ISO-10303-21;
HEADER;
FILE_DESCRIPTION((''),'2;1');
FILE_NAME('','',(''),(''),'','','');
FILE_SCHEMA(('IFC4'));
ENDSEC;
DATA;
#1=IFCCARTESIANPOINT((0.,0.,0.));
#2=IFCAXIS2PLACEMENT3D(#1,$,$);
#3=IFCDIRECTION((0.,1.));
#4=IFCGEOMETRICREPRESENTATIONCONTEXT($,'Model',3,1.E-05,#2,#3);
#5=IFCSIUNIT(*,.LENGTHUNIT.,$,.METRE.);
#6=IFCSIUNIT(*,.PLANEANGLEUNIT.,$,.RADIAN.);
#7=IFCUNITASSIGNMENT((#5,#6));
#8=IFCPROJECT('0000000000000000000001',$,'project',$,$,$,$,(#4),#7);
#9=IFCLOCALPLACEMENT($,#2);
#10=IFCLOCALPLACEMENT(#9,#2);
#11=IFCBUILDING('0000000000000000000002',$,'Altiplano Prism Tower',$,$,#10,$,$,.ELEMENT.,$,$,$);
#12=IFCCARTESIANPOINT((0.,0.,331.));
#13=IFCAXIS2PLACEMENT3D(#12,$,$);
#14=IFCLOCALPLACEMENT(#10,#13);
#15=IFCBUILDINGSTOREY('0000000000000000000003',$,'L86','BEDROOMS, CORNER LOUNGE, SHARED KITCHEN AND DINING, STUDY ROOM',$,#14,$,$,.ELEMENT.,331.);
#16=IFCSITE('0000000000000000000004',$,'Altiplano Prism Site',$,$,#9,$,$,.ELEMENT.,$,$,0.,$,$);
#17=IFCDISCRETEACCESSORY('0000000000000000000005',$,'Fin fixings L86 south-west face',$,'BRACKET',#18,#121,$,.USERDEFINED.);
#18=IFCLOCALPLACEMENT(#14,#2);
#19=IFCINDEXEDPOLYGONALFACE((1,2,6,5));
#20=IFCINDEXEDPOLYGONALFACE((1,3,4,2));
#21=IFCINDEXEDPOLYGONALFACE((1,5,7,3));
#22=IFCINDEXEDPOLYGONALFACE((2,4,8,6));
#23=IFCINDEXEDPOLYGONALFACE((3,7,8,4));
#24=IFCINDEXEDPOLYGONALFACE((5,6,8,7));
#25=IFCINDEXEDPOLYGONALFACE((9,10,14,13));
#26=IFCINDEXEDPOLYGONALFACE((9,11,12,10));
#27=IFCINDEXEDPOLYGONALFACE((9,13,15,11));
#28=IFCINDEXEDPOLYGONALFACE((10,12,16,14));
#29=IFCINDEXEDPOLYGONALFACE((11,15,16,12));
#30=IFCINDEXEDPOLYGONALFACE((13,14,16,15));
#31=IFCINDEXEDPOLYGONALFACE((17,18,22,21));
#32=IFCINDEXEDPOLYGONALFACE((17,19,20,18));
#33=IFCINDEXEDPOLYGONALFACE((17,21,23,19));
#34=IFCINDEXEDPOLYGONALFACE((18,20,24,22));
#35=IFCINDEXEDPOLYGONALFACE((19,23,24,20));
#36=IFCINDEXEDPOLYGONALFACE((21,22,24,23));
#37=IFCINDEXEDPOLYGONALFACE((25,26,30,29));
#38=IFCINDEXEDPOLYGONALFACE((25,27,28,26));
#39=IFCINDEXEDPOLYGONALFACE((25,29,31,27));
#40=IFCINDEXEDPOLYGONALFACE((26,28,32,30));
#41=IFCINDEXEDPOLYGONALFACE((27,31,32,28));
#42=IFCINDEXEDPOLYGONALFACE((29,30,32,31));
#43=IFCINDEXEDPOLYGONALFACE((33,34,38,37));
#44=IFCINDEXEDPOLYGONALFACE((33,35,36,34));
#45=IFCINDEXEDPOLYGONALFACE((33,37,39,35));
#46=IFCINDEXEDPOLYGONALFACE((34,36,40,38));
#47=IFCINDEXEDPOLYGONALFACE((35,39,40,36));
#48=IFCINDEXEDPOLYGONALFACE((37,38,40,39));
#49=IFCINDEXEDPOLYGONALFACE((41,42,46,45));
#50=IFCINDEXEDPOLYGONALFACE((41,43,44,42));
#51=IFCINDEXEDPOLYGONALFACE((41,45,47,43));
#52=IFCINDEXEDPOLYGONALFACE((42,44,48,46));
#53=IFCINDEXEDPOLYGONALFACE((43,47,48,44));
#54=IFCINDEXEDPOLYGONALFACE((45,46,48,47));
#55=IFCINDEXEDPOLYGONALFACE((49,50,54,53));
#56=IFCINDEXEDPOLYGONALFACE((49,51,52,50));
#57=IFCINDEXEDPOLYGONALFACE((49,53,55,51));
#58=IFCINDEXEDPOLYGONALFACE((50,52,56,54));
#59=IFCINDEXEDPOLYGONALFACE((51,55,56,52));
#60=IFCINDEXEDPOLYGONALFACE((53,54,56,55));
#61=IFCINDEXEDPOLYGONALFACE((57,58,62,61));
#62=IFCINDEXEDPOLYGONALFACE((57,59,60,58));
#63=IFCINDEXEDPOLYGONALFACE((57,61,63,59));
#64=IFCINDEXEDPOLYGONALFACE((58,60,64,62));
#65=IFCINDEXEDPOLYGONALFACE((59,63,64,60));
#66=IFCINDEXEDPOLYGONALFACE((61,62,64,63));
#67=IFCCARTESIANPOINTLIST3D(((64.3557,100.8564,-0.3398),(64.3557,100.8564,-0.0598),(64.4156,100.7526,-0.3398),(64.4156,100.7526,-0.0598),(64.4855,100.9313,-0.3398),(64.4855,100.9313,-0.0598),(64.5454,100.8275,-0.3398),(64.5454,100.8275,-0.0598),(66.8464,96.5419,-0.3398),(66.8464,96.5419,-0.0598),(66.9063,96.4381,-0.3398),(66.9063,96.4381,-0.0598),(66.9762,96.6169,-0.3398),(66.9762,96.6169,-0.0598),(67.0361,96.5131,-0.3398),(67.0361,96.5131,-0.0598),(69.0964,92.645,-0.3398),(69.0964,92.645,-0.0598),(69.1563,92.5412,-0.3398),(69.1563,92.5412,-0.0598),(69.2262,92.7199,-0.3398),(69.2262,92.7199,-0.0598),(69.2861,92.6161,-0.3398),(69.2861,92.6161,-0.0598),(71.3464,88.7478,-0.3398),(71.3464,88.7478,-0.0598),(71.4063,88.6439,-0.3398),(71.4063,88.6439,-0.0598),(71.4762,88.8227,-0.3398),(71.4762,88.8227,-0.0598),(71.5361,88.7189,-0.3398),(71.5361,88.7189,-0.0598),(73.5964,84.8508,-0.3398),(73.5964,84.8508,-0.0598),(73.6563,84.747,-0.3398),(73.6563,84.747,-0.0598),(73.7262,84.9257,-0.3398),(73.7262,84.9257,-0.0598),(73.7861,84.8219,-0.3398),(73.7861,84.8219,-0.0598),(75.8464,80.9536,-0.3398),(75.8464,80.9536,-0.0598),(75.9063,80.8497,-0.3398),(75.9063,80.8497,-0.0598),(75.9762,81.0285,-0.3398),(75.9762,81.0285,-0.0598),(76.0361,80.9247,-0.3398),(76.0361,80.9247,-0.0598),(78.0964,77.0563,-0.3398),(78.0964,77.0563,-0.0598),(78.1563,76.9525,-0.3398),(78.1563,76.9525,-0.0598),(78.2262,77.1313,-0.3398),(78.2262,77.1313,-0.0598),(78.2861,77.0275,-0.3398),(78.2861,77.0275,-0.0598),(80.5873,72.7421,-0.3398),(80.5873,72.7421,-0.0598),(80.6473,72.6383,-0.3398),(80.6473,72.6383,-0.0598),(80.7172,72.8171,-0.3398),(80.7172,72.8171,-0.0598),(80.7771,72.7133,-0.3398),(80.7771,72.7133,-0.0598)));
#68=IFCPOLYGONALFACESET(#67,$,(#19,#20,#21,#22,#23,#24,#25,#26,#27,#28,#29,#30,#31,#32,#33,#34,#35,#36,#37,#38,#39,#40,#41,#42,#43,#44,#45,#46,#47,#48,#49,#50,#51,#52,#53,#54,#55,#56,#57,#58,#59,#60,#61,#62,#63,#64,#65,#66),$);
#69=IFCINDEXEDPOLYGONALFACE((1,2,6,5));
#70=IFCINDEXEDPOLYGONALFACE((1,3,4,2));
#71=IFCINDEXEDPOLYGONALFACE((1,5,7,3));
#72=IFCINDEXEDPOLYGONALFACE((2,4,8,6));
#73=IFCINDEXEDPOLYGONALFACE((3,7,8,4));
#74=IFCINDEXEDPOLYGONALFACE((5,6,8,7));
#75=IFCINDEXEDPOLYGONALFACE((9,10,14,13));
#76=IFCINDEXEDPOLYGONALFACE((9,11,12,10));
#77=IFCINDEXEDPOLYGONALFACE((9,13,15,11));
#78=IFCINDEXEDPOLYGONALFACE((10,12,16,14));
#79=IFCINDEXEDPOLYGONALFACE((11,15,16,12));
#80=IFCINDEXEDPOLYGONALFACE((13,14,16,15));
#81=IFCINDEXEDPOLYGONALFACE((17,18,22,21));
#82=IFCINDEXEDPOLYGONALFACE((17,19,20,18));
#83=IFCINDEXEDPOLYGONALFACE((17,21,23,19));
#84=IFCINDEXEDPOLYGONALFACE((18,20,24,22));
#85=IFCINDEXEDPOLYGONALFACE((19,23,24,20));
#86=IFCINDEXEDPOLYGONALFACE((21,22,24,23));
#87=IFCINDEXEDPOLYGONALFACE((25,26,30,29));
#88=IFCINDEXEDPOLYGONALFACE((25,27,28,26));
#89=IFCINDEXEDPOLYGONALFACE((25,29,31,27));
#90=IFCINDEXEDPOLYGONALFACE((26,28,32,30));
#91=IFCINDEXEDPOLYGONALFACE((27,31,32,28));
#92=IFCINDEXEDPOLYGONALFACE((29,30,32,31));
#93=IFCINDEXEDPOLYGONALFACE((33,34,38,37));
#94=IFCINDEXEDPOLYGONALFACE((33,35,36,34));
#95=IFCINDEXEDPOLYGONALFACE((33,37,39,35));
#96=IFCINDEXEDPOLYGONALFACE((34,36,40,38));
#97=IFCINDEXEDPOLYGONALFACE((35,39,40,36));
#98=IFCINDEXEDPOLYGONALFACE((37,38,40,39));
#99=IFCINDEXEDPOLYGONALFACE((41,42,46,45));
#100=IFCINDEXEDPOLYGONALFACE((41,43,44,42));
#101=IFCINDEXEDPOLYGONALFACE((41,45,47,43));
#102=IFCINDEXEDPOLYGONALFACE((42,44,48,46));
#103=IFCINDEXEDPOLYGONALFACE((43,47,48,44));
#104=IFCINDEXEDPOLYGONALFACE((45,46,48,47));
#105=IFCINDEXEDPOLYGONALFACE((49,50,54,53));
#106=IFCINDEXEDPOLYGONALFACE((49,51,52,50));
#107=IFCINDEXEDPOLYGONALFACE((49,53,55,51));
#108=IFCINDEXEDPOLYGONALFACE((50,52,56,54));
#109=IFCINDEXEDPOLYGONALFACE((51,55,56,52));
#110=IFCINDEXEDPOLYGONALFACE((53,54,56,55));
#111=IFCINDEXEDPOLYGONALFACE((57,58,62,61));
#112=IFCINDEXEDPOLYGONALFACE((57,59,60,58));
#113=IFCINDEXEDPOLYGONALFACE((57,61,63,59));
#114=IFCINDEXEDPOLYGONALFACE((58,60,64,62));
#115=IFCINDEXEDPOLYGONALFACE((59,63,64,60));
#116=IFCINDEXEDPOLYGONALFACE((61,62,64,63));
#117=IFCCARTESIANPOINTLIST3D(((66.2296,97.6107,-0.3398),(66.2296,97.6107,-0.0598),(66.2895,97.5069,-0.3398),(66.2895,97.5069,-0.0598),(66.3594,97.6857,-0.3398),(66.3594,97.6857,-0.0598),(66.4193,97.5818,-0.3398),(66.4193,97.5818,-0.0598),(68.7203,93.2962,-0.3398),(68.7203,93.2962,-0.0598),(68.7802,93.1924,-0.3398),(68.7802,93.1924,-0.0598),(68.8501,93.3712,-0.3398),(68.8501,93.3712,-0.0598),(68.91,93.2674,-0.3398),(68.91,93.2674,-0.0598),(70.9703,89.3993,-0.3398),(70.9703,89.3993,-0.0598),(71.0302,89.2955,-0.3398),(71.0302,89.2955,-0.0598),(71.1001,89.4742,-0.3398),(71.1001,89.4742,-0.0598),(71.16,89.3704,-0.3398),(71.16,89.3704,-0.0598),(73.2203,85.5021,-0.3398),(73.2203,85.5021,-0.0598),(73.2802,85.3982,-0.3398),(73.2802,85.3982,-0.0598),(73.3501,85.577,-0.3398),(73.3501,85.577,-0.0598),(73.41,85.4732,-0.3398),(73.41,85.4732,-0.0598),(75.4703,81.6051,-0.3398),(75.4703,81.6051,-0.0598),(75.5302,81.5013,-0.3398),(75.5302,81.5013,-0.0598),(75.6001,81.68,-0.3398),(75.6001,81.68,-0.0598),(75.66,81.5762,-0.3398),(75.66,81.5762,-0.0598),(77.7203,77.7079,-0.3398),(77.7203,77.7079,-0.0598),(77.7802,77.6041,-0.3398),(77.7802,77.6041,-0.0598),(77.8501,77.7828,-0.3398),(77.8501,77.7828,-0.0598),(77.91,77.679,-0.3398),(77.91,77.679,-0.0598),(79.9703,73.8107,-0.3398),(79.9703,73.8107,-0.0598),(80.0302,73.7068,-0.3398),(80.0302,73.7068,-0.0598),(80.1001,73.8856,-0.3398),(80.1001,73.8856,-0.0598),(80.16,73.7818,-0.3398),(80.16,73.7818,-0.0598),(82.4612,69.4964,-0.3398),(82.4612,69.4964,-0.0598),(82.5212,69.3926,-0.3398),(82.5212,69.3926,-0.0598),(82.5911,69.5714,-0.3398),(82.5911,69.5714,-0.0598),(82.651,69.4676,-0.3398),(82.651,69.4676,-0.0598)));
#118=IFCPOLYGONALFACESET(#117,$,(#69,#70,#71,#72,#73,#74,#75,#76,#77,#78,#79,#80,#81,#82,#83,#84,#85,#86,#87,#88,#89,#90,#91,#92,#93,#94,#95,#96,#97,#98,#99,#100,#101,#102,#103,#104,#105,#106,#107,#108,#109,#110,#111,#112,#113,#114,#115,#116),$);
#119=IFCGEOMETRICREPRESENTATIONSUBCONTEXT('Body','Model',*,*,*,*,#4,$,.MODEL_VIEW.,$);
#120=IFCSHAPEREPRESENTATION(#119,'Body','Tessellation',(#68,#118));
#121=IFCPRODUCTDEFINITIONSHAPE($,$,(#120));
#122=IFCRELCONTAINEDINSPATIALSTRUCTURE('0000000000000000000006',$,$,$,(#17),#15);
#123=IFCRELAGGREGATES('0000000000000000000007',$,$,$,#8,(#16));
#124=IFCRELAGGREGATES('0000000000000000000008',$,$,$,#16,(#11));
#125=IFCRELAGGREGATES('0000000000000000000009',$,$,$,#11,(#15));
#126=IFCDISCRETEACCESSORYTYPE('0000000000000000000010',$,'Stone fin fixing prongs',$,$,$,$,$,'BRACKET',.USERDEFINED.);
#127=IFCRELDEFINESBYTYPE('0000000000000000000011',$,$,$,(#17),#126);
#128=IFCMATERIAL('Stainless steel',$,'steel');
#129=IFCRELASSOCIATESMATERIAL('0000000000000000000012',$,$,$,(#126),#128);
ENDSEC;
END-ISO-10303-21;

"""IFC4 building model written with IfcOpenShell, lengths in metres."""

from ifc_helpers import new_model, si_unit, direction, frame, origin, place, context, subcontext, project, spatial, polyline, outline, extrude, source, transform, mapped, material, type_object, element, save


model = new_model("IFC4")

# Units and contexts
model_context = context("Model", 3, precision=1e-05, world=origin(), true_north=direction((0.0, 1.0)))
body_context = subcontext(model_context, "Body", "Model", "MODEL_VIEW")
ifc_project = project(units=[si_unit("LENGTHUNIT", "METRE"), si_unit("PLANEANGLEUNIT", "RADIAN")], contexts=[model_context])

# Site, building, storey
site_placement = place(None, origin())
site = spatial("IfcSite", under=ifc_project, at=site_placement, Name="Altiplano Prism Site", CompositionType="ELEMENT", RefElevation=0.0)
building_placement = place(site_placement, origin())
building = spatial("IfcBuilding", under=site, at=building_placement, Name="Altiplano Prism Tower", CompositionType="ELEMENT")
storey_placement = place(building_placement, frame((0.0, 0.0, 331.0)))
storey = spatial("IfcBuildingStorey", under=building, at=storey_placement, Name="L86", Description="BEDROOMS, CORNER LOUNGE, SHARED KITCHEN AND DINING, STUDY ROOM", CompositionType="ELEMENT", Elevation=331.0)

# Discrete accessory
ifc_material_1 = material(Name="Stainless steel", Category="steel")
discrete_accessory_type = type_object("IfcDiscreteAccessoryType", Name="Stone fin fixing prongs", ElementType="BRACKET", PredefinedType="USERDEFINED", material=ifc_material_1)
shared_shape_1 = source(origin(), body_context, "Body", "SweptSolid", [
    extrude(outline(polyline([(-1.9338, 0.0601), (-1.814, 0.0601), (-1.814, 0.3401), (-1.9338, 0.3401), (-1.9338, 0.0601)])), frame((0.0, 0.0, 0.0), z_axis=(0.0, -1.0, 0.0), x_axis=(1.0, 0.0, 0.0)), (0.0, 0.0, 1.0), 0.1499),
    extrude(outline(polyline([(1.814, 0.0601), (1.9338, 0.0601), (1.9338, 0.3401), (1.814, 0.3401), (1.814, 0.0601)])), frame((0.0, 0.0, 0.0), z_axis=(0.0, -1.0, 0.0), x_axis=(1.0, 0.0, 0.0)), (0.0, 0.0, 1.0), 0.1499),
])
shared_shape_2 = source(origin(), body_context, "Body", "SweptSolid", [
    extrude(outline(polyline([(-1.9338, 0.0601), (-1.814, 0.0601), (-1.814, 0.3401), (-1.9338, 0.3401), (-1.9338, 0.0601)])), frame((0.0, 0.0, 0.0), z_axis=(0.0, -1.0, 0.0), x_axis=(1.0, 0.0, 0.0)), (0.0, 0.0, 1.0), 0.1499),
    extrude(outline(polyline([(1.814, 0.0601), (1.9338, 0.0601), (1.9338, 0.3401), (1.814, 0.3401), (1.814, 0.0601)])), frame((0.0, 0.0, 0.0), z_axis=(0.0, -1.0, 0.0), x_axis=(1.0, 0.0, 0.0)), (0.0, 0.0, 1.0), 0.1499),
])
discrete_accessory_1_placement = place(storey_placement, origin())
element("IfcDiscreteAccessory", 1, at=discrete_accessory_1_placement, inside=storey, type_object=discrete_accessory_type, Name="Fin fixings L86 south-west face", ObjectType="BRACKET", PredefinedType="USERDEFINED", context=body_context, shape_type="MappedRepresentation", body=[
    mapped(shared_shape_1, transform((65.4524, 99.2566, -0.3999), x_axis=(0.5, -0.866025, 0.0), y_axis=(0.866025, 0.5, 0.0), z_axis=(0.0, 0.0, 1.0))),
    mapped(shared_shape_2, transform((67.9431, 94.9421, -0.3999), x_axis=(0.5, -0.866025, 0.0), y_axis=(0.866025, 0.5, 0.0), z_axis=(0.0, 0.0, 1.0))),
    mapped(shared_shape_2, transform((70.1931, 91.0452, -0.3999), x_axis=(0.5, -0.866025, 0.0), y_axis=(0.866025, 0.5, 0.0), z_axis=(0.0, 0.0, 1.0))),
    mapped(shared_shape_2, transform((72.4431, 87.1479, -0.3999), x_axis=(0.5, -0.866025, 0.0), y_axis=(0.866025, 0.5, 0.0), z_axis=(0.0, 0.0, 1.0))),
    mapped(shared_shape_2, transform((74.6931, 83.251, -0.3999), x_axis=(0.5, -0.866025, 0.0), y_axis=(0.866025, 0.5, 0.0), z_axis=(0.0, 0.0, 1.0))),
    mapped(shared_shape_2, transform((76.9431, 79.3538, -0.3999), x_axis=(0.5, -0.866025, 0.0), y_axis=(0.866025, 0.5, 0.0), z_axis=(0.0, 0.0, 1.0))),
    mapped(shared_shape_2, transform((79.1931, 75.4565, -0.3999), x_axis=(0.5, -0.866025, 0.0), y_axis=(0.866025, 0.5, 0.0), z_axis=(0.0, 0.0, 1.0))),
    mapped(shared_shape_1, transform((81.6841, 71.1423, -0.3999), x_axis=(0.5, -0.866025, 0.0), y_axis=(0.866025, 0.5, 0.0), z_axis=(0.0, 0.0, 1.0))),
])

save(model, "model.ifc")
